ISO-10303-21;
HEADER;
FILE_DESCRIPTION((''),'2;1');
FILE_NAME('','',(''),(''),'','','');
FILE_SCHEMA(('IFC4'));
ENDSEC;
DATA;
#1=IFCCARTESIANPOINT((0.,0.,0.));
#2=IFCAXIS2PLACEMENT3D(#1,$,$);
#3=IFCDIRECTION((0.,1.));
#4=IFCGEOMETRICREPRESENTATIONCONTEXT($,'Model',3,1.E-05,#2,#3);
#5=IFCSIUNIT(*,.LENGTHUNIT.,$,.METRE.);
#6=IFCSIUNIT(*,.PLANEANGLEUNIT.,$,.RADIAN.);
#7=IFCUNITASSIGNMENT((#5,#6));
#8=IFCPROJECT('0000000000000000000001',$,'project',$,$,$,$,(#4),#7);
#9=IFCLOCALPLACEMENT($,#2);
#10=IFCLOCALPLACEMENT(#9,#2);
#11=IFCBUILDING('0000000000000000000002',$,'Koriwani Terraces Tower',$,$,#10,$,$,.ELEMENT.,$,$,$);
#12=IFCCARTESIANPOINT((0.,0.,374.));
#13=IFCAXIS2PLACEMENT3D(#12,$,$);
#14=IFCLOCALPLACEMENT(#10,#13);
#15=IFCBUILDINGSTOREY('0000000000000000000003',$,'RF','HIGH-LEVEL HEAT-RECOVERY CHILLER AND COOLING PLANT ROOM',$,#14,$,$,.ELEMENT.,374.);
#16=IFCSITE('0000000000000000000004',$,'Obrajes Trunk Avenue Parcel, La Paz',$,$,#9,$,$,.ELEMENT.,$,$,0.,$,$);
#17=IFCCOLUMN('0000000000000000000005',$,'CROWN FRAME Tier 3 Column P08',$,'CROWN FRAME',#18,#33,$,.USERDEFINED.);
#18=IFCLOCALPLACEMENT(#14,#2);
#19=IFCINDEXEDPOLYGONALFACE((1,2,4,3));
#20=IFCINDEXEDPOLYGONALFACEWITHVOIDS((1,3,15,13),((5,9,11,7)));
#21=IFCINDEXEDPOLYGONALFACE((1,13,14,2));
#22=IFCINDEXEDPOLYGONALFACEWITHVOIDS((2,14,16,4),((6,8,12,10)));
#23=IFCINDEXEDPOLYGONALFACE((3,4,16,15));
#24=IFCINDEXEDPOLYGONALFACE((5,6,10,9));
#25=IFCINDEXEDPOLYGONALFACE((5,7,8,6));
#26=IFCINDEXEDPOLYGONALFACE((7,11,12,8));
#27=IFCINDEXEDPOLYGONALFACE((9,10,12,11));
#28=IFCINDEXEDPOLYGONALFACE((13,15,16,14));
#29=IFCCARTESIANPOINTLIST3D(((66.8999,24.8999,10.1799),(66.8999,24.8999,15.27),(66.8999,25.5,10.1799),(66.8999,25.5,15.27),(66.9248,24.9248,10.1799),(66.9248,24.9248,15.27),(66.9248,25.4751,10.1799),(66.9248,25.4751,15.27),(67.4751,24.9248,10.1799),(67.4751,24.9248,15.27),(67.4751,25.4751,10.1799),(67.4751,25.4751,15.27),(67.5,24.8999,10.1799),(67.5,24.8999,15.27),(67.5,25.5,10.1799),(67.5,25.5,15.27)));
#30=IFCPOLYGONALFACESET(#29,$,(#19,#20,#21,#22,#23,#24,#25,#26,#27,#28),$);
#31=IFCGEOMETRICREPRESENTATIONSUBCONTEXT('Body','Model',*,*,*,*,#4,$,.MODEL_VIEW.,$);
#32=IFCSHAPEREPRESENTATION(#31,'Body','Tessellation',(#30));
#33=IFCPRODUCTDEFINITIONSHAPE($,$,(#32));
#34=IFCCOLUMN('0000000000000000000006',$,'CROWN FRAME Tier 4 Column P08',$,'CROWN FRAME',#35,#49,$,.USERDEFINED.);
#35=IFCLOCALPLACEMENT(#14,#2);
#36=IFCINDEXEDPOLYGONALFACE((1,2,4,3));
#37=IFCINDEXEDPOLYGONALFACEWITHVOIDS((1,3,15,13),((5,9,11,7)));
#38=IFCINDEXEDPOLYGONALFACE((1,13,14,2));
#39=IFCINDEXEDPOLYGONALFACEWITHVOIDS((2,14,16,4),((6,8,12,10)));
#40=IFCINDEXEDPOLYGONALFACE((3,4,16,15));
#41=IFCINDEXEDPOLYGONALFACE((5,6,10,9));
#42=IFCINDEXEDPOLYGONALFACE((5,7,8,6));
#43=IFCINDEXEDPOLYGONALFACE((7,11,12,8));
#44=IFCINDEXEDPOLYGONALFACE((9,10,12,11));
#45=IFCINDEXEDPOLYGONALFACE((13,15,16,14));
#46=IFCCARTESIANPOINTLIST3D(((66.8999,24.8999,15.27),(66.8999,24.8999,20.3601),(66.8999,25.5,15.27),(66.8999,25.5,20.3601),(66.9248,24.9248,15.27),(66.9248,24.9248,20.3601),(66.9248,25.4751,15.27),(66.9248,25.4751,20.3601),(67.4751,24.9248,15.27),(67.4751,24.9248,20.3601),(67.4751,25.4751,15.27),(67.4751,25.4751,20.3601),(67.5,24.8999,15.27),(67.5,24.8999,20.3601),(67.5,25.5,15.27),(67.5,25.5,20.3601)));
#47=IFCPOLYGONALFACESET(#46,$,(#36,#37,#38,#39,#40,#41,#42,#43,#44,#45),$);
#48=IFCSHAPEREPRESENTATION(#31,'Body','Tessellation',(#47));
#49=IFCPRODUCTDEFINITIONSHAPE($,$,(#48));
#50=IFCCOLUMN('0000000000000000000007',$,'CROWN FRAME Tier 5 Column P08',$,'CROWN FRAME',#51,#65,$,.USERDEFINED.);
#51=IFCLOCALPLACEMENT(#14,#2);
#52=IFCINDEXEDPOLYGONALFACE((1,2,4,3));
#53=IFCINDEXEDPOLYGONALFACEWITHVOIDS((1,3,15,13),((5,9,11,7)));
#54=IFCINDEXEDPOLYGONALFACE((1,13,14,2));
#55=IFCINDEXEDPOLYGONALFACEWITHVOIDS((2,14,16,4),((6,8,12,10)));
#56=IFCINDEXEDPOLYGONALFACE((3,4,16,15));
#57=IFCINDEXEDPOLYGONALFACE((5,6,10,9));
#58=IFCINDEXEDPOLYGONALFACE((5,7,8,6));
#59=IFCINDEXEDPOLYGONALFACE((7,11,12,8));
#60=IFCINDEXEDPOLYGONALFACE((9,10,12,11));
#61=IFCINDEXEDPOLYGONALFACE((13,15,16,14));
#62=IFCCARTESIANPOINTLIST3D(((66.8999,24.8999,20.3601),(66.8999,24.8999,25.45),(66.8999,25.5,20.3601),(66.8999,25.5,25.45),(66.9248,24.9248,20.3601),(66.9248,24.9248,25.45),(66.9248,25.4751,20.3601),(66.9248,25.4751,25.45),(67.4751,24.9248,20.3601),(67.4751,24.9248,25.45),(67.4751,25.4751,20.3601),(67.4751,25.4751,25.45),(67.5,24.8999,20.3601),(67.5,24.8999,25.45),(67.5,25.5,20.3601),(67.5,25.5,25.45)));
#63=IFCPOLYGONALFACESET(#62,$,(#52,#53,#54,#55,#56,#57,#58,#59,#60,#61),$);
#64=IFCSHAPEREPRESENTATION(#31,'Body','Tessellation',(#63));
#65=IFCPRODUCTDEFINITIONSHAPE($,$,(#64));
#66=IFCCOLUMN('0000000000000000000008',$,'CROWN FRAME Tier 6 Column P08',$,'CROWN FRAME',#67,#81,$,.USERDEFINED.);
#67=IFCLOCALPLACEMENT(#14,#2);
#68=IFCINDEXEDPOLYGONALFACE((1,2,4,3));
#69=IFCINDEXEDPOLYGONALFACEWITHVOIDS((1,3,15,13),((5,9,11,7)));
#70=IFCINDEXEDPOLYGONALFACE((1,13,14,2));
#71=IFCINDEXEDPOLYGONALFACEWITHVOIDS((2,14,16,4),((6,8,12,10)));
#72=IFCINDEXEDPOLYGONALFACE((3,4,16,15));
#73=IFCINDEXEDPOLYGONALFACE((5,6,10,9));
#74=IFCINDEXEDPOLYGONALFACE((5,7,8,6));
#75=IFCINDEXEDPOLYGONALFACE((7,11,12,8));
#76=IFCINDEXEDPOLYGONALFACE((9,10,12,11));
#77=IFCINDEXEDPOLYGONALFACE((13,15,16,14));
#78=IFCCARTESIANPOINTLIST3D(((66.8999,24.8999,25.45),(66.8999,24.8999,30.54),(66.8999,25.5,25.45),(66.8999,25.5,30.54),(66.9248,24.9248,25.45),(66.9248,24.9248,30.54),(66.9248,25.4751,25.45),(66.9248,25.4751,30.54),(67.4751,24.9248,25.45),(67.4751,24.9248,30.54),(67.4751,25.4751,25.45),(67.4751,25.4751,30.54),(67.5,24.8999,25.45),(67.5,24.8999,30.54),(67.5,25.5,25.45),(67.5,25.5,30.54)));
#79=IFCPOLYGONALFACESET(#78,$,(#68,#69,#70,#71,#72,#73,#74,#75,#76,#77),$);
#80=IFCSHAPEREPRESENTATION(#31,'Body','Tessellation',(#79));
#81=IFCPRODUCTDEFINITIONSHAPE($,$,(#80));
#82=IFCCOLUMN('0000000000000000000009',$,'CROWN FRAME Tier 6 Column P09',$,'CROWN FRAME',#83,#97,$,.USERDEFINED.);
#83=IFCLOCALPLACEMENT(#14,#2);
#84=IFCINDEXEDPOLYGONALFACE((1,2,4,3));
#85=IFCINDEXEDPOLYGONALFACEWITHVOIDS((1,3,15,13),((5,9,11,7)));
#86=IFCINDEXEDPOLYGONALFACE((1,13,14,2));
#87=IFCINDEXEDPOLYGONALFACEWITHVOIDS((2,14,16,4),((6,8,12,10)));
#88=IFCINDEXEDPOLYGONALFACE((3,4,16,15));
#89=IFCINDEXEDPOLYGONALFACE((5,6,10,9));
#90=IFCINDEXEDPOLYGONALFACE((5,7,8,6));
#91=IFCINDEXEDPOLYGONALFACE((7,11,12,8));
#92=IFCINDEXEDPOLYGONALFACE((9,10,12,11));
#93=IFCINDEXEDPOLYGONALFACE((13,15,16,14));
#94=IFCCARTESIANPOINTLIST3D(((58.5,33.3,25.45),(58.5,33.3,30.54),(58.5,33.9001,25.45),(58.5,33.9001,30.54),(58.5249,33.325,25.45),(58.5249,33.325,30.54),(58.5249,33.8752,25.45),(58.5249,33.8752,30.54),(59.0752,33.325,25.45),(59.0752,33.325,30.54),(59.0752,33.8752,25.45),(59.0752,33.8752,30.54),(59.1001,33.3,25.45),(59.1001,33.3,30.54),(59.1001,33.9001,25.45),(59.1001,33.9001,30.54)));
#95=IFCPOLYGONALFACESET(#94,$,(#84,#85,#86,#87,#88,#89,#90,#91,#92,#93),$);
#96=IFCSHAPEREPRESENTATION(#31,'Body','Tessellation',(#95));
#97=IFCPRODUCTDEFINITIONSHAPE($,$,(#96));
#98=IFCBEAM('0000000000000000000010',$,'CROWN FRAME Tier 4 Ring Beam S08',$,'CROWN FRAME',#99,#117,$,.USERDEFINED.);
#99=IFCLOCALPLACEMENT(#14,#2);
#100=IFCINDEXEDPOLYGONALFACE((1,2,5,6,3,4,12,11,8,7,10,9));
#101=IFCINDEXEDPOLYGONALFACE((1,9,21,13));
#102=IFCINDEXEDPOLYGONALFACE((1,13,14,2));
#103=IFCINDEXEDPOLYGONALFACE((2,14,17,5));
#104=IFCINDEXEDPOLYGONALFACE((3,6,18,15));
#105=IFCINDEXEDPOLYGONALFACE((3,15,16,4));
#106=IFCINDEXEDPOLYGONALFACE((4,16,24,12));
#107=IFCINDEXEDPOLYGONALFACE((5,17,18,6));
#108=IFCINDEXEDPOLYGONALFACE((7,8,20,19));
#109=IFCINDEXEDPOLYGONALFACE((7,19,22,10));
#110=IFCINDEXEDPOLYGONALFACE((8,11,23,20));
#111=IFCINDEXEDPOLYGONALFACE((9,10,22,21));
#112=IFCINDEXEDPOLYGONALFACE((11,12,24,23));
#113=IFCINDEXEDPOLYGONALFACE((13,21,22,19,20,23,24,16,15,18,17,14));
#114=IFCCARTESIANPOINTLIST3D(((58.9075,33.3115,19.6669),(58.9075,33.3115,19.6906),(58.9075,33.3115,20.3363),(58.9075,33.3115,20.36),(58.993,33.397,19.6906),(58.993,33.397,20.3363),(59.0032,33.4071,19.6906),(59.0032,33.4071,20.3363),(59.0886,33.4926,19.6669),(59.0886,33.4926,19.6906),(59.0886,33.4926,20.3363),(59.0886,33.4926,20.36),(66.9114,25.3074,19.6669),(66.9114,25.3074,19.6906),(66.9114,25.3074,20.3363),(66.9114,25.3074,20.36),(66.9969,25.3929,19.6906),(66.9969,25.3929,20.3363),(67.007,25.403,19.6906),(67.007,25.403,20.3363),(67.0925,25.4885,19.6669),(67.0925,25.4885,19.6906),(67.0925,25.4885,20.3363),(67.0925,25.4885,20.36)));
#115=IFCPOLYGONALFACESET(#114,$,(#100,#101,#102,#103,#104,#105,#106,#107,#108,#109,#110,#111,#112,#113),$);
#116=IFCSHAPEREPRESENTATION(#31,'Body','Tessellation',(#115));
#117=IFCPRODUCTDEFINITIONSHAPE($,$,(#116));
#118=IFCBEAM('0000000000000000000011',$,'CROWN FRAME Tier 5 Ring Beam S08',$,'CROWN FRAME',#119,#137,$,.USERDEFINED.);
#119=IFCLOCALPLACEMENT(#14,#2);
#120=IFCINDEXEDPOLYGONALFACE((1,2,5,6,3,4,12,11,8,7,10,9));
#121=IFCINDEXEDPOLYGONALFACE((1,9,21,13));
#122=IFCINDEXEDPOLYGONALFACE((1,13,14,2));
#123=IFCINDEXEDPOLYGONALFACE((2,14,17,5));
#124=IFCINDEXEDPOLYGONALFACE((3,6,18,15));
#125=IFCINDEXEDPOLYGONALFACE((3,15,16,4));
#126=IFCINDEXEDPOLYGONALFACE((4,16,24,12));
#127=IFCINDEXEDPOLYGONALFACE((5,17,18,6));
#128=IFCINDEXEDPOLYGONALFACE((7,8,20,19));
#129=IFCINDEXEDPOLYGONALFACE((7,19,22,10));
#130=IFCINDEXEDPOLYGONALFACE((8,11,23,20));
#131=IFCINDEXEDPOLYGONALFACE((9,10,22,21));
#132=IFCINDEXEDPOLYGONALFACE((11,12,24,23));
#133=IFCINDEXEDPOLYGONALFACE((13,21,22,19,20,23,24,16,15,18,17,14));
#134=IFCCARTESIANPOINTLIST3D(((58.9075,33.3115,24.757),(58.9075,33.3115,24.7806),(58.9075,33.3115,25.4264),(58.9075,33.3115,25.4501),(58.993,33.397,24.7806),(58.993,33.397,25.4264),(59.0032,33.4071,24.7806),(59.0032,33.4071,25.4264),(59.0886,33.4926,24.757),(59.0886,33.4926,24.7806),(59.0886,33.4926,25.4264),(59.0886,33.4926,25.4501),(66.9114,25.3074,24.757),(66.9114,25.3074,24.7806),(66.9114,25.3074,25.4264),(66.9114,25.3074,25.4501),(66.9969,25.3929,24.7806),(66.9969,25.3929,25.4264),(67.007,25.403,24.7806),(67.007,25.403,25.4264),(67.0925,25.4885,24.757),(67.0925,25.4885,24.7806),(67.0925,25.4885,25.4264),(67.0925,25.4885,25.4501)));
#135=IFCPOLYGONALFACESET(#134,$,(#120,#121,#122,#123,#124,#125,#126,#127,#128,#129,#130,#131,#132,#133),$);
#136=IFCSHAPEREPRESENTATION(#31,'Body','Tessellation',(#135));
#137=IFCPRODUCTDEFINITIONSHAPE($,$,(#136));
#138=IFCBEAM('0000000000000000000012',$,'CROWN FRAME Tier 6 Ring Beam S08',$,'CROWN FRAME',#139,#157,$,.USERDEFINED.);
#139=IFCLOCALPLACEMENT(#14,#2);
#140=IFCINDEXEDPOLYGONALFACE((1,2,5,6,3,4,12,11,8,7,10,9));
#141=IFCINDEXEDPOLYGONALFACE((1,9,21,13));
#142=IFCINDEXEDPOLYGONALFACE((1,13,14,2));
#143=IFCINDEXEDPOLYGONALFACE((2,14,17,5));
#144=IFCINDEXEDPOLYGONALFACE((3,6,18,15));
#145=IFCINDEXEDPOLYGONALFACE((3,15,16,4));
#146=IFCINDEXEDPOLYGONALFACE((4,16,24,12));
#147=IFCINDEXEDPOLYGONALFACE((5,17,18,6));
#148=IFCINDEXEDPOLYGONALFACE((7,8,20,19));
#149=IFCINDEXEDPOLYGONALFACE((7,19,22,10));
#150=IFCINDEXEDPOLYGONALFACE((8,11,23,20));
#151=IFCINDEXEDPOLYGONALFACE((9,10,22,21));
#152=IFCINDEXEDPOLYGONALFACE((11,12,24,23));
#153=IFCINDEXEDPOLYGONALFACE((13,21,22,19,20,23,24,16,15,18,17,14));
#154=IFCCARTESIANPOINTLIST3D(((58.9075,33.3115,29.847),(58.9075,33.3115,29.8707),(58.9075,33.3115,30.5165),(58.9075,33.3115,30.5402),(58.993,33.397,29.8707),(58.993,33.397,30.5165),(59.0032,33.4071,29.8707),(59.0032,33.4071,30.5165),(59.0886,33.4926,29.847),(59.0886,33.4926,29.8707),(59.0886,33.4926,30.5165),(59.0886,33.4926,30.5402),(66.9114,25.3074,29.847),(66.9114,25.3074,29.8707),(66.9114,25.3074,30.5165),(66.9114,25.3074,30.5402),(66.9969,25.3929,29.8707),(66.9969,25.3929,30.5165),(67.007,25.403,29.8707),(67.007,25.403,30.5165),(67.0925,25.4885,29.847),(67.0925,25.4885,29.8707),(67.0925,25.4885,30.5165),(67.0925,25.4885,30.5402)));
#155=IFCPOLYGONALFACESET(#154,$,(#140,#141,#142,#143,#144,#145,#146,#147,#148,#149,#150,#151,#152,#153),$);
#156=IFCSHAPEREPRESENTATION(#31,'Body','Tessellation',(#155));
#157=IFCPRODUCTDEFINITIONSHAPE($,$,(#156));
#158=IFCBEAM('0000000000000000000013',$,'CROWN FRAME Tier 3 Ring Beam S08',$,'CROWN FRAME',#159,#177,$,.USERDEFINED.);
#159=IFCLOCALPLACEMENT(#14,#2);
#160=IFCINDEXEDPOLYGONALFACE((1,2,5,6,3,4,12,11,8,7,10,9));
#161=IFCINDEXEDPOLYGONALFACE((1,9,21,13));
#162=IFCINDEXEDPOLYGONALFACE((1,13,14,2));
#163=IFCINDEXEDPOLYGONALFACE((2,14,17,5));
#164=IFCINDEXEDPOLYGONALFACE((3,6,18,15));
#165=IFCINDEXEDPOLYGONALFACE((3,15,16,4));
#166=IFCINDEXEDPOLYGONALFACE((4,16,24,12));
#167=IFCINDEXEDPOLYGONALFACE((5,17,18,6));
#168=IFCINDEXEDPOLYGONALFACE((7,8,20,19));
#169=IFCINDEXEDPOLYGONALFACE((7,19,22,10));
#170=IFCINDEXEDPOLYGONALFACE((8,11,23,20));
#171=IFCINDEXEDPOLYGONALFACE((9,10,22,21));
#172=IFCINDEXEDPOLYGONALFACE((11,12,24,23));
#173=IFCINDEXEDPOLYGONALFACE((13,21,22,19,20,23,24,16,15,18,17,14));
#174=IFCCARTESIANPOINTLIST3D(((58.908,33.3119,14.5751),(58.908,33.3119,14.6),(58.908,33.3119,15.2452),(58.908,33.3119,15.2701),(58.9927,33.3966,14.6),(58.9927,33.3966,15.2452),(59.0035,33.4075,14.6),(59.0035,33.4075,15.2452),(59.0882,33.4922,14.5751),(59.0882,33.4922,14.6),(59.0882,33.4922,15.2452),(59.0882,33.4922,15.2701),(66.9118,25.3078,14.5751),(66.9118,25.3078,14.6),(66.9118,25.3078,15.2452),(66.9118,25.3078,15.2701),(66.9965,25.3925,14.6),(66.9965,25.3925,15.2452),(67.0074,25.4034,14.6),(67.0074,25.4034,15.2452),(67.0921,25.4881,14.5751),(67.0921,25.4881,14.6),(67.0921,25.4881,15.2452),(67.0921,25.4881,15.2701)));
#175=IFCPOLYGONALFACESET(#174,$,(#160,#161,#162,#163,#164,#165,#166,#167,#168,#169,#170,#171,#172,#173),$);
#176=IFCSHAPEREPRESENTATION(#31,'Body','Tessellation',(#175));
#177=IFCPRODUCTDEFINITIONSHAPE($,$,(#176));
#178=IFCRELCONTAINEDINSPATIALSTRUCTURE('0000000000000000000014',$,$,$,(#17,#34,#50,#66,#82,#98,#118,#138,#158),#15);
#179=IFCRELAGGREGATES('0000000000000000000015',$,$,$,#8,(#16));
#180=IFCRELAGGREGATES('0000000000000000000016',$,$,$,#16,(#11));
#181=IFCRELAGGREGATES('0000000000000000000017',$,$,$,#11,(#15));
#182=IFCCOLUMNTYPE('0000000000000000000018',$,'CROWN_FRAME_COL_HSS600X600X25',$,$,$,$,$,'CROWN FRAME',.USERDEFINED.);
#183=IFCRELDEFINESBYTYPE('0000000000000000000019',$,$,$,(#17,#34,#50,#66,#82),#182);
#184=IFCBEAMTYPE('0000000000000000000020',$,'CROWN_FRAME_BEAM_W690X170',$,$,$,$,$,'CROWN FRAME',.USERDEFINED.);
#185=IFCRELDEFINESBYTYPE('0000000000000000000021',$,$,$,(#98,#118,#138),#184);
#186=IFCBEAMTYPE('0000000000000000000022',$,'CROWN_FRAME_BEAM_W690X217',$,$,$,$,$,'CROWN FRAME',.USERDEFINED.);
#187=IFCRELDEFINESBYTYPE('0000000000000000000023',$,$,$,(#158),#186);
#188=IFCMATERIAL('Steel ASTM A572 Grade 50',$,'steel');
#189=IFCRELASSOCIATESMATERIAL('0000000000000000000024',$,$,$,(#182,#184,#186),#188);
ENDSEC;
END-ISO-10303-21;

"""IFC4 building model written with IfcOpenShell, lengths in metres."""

from ifc_helpers import new_model, si_unit, direction, frame, origin, origin_2d, place, context, subcontext, project, spatial, hollow_rectangle, i_section, extrude, material, material_profile, profile_set, type_object, element, save


model = new_model("IFC4")

# Units and contexts
model_context = context("Model", 3, precision=1e-05, world=origin(), true_north=direction((0.0, 1.0)))
body_context = subcontext(model_context, "Body", "Model", "MODEL_VIEW")
ifc_project = project(units=[si_unit("LENGTHUNIT", "METRE"), si_unit("PLANEANGLEUNIT", "RADIAN")], contexts=[model_context])

# Site, building, storey
site_placement = place(None, origin())
site = spatial("IfcSite", under=ifc_project, at=site_placement, Name="Obrajes Trunk Avenue Parcel, La Paz", CompositionType="ELEMENT", RefElevation=0.0)
building_placement = place(site_placement, origin())
building = spatial("IfcBuilding", under=site, at=building_placement, Name="Koriwani Terraces Tower", CompositionType="ELEMENT")
storey_placement = place(building_placement, frame((0.0, 0.0, 374.0)))
storey = spatial("IfcBuildingStorey", under=building, at=storey_placement, Name="RF", Description="HIGH-LEVEL HEAT-RECOVERY CHILLER AND COOLING PLANT ROOM", CompositionType="ELEMENT", Elevation=374.0)

# Columns
ifc_material_1 = material(Name="Steel ASTM A572 Grade 50", Category="steel")
ifc_material_profile_1 = material_profile(ifc_material_1, hollow_rectangle(XDim=0.6001, YDim=0.6001, WallThickness=0.0249, at=origin_2d()), Name="Steel ASTM A572 Grade 50", Category="LoadBearing")
ifc_profile_set_1 = profile_set([ifc_material_profile_1], Name="Steel ASTM A572 Grade 50")
column_type = type_object("IfcColumnType", Name="CROWN_FRAME_COL_HSS600X600X25", ElementType="CROWN FRAME", PredefinedType="USERDEFINED", material=ifc_profile_set_1)
for number, where, z_axis, x_axis, name in (
    (1, (67.2, 25.2, 10.1799), (0.0, 0.0, 1.0), (1.0, 0.0, 0.0), "CROWN FRAME Tier 3 Column P08"),
    (2, (67.2, 25.2, 15.27), (0.0, 0.0, 1.0), (1.0, 0.0, 0.0), "CROWN FRAME Tier 4 Column P08"),
):
    element("IfcColumn", number, at=place(storey_placement, frame(where, z_axis=z_axis, x_axis=x_axis)), inside=storey, type_object=column_type, Name=name, ObjectType="CROWN FRAME", PredefinedType="USERDEFINED", context=body_context, shape_type="SweptSolid", body=[
        extrude(hollow_rectangle(XDim=0.6001, YDim=0.6001, WallThickness=0.0249, at=origin_2d()), origin(), (0.0, 0.0, 1.0), 5.0901),
    ])
column_placement = place(storey_placement, frame((67.2, 25.2, 20.3601), z_axis=(0.0, 0.0, 1.0), x_axis=(1.0, 0.0, 0.0)))
element("IfcColumn", 3, at=column_placement, inside=storey, type_object=column_type, Name="CROWN FRAME Tier 5 Column P08", ObjectType="CROWN FRAME", PredefinedType="USERDEFINED", context=body_context, shape_type="SweptSolid", body=[
    extrude(hollow_rectangle(XDim=0.6001, YDim=0.6001, WallThickness=0.0249, at=origin_2d()), origin(), (0.0, 0.0, 1.0), 5.0898),
])
for number, where, z_axis, x_axis, name in (
    (4, (67.2, 25.2, 25.45), (0.0, 0.0, 1.0), (1.0, 0.0, 0.0), "CROWN FRAME Tier 6 Column P08"),
    (5, (58.8, 33.6001, 25.45), (0.0, 0.0, 1.0), (1.0, 0.0, 0.0), "CROWN FRAME Tier 6 Column P09"),
):
    element("IfcColumn", number, at=place(storey_placement, frame(where, z_axis=z_axis, x_axis=x_axis)), inside=storey, type_object=column_type, Name=name, ObjectType="CROWN FRAME", PredefinedType="USERDEFINED", context=body_context, shape_type="SweptSolid", body=[
        extrude(hollow_rectangle(XDim=0.6001, YDim=0.6001, WallThickness=0.0249, at=origin_2d()), origin(), (0.0, 0.0, 1.0), 5.0901),
    ])

# Beams
ifc_material_profile_2 = material_profile(ifc_material_1, i_section(OverallWidth=0.2561, OverallDepth=0.6931, WebThickness=0.0144, FlangeThickness=0.0237, at=origin_2d()), Name="Steel ASTM A572 Grade 50", Category="LoadBearing")
ifc_profile_set_2 = profile_set([ifc_material_profile_2], Name="Steel ASTM A572 Grade 50")
beam_type_1 = type_object("IfcBeamType", Name="CROWN_FRAME_BEAM_W690X170", ElementType="CROWN FRAME", PredefinedType="USERDEFINED", material=ifc_profile_set_2)
for number, where, z_axis, x_axis, name in (
    (6, (67.002, 25.3979, 20.0134), (-0.707096, 0.707118, 0.0), (-0.707118, -0.707096, 0.0), "CROWN FRAME Tier 4 Ring Beam S08"),
    (7, (67.002, 25.3979, 25.1035), (-0.707096, 0.707118, 0.0), (-0.707118, -0.707096, 0.0), "CROWN FRAME Tier 5 Ring Beam S08"),
    (8, (67.002, 25.3979, 30.1936), (-0.707096, 0.707118, 0.0), (-0.707118, -0.707096, 0.0), "CROWN FRAME Tier 6 Ring Beam S08"),
):
    element("IfcBeam", number, at=place(storey_placement, frame(where, z_axis=z_axis, x_axis=x_axis)), inside=storey, type_object=beam_type_1, Name=name, ObjectType="CROWN FRAME", PredefinedType="USERDEFINED", context=body_context, shape_type="SweptSolid", body=[
        extrude(i_section(OverallWidth=0.2561, OverallDepth=0.6931, WebThickness=0.0144, FlangeThickness=0.0237, at=origin_2d()), origin(), (0.0, 0.0, 1.0), 11.3193),
    ])
ifc_material_profile_3 = material_profile(ifc_material_1, i_section(OverallWidth=0.2549, OverallDepth=0.6951, WebThickness=0.0154, FlangeThickness=0.0249, at=origin_2d()), Name="Steel ASTM A572 Grade 50", Category="LoadBearing")
ifc_profile_set_3 = profile_set([ifc_material_profile_3], Name="Steel ASTM A572 Grade 50")
beam_type_2 = type_object("IfcBeamType", Name="CROWN_FRAME_BEAM_W690X217", ElementType="CROWN FRAME", PredefinedType="USERDEFINED", material=ifc_profile_set_3)
beam_placement = place(storey_placement, frame((67.002, 25.3979, 14.9226), z_axis=(-0.707096, 0.707118, 0.0), x_axis=(-0.707118, -0.707096, 0.0)))
element("IfcBeam", 9, at=beam_placement, inside=storey, type_object=beam_type_2, Name="CROWN FRAME Tier 3 Ring Beam S08", ObjectType="CROWN FRAME", PredefinedType="USERDEFINED", context=body_context, shape_type="SweptSolid", body=[
    extrude(i_section(OverallWidth=0.2549, OverallDepth=0.6951, WebThickness=0.0154, FlangeThickness=0.0249, at=origin_2d()), origin(), (0.0, 0.0, 1.0), 11.3193),
])

save(model, "model.ifc")
